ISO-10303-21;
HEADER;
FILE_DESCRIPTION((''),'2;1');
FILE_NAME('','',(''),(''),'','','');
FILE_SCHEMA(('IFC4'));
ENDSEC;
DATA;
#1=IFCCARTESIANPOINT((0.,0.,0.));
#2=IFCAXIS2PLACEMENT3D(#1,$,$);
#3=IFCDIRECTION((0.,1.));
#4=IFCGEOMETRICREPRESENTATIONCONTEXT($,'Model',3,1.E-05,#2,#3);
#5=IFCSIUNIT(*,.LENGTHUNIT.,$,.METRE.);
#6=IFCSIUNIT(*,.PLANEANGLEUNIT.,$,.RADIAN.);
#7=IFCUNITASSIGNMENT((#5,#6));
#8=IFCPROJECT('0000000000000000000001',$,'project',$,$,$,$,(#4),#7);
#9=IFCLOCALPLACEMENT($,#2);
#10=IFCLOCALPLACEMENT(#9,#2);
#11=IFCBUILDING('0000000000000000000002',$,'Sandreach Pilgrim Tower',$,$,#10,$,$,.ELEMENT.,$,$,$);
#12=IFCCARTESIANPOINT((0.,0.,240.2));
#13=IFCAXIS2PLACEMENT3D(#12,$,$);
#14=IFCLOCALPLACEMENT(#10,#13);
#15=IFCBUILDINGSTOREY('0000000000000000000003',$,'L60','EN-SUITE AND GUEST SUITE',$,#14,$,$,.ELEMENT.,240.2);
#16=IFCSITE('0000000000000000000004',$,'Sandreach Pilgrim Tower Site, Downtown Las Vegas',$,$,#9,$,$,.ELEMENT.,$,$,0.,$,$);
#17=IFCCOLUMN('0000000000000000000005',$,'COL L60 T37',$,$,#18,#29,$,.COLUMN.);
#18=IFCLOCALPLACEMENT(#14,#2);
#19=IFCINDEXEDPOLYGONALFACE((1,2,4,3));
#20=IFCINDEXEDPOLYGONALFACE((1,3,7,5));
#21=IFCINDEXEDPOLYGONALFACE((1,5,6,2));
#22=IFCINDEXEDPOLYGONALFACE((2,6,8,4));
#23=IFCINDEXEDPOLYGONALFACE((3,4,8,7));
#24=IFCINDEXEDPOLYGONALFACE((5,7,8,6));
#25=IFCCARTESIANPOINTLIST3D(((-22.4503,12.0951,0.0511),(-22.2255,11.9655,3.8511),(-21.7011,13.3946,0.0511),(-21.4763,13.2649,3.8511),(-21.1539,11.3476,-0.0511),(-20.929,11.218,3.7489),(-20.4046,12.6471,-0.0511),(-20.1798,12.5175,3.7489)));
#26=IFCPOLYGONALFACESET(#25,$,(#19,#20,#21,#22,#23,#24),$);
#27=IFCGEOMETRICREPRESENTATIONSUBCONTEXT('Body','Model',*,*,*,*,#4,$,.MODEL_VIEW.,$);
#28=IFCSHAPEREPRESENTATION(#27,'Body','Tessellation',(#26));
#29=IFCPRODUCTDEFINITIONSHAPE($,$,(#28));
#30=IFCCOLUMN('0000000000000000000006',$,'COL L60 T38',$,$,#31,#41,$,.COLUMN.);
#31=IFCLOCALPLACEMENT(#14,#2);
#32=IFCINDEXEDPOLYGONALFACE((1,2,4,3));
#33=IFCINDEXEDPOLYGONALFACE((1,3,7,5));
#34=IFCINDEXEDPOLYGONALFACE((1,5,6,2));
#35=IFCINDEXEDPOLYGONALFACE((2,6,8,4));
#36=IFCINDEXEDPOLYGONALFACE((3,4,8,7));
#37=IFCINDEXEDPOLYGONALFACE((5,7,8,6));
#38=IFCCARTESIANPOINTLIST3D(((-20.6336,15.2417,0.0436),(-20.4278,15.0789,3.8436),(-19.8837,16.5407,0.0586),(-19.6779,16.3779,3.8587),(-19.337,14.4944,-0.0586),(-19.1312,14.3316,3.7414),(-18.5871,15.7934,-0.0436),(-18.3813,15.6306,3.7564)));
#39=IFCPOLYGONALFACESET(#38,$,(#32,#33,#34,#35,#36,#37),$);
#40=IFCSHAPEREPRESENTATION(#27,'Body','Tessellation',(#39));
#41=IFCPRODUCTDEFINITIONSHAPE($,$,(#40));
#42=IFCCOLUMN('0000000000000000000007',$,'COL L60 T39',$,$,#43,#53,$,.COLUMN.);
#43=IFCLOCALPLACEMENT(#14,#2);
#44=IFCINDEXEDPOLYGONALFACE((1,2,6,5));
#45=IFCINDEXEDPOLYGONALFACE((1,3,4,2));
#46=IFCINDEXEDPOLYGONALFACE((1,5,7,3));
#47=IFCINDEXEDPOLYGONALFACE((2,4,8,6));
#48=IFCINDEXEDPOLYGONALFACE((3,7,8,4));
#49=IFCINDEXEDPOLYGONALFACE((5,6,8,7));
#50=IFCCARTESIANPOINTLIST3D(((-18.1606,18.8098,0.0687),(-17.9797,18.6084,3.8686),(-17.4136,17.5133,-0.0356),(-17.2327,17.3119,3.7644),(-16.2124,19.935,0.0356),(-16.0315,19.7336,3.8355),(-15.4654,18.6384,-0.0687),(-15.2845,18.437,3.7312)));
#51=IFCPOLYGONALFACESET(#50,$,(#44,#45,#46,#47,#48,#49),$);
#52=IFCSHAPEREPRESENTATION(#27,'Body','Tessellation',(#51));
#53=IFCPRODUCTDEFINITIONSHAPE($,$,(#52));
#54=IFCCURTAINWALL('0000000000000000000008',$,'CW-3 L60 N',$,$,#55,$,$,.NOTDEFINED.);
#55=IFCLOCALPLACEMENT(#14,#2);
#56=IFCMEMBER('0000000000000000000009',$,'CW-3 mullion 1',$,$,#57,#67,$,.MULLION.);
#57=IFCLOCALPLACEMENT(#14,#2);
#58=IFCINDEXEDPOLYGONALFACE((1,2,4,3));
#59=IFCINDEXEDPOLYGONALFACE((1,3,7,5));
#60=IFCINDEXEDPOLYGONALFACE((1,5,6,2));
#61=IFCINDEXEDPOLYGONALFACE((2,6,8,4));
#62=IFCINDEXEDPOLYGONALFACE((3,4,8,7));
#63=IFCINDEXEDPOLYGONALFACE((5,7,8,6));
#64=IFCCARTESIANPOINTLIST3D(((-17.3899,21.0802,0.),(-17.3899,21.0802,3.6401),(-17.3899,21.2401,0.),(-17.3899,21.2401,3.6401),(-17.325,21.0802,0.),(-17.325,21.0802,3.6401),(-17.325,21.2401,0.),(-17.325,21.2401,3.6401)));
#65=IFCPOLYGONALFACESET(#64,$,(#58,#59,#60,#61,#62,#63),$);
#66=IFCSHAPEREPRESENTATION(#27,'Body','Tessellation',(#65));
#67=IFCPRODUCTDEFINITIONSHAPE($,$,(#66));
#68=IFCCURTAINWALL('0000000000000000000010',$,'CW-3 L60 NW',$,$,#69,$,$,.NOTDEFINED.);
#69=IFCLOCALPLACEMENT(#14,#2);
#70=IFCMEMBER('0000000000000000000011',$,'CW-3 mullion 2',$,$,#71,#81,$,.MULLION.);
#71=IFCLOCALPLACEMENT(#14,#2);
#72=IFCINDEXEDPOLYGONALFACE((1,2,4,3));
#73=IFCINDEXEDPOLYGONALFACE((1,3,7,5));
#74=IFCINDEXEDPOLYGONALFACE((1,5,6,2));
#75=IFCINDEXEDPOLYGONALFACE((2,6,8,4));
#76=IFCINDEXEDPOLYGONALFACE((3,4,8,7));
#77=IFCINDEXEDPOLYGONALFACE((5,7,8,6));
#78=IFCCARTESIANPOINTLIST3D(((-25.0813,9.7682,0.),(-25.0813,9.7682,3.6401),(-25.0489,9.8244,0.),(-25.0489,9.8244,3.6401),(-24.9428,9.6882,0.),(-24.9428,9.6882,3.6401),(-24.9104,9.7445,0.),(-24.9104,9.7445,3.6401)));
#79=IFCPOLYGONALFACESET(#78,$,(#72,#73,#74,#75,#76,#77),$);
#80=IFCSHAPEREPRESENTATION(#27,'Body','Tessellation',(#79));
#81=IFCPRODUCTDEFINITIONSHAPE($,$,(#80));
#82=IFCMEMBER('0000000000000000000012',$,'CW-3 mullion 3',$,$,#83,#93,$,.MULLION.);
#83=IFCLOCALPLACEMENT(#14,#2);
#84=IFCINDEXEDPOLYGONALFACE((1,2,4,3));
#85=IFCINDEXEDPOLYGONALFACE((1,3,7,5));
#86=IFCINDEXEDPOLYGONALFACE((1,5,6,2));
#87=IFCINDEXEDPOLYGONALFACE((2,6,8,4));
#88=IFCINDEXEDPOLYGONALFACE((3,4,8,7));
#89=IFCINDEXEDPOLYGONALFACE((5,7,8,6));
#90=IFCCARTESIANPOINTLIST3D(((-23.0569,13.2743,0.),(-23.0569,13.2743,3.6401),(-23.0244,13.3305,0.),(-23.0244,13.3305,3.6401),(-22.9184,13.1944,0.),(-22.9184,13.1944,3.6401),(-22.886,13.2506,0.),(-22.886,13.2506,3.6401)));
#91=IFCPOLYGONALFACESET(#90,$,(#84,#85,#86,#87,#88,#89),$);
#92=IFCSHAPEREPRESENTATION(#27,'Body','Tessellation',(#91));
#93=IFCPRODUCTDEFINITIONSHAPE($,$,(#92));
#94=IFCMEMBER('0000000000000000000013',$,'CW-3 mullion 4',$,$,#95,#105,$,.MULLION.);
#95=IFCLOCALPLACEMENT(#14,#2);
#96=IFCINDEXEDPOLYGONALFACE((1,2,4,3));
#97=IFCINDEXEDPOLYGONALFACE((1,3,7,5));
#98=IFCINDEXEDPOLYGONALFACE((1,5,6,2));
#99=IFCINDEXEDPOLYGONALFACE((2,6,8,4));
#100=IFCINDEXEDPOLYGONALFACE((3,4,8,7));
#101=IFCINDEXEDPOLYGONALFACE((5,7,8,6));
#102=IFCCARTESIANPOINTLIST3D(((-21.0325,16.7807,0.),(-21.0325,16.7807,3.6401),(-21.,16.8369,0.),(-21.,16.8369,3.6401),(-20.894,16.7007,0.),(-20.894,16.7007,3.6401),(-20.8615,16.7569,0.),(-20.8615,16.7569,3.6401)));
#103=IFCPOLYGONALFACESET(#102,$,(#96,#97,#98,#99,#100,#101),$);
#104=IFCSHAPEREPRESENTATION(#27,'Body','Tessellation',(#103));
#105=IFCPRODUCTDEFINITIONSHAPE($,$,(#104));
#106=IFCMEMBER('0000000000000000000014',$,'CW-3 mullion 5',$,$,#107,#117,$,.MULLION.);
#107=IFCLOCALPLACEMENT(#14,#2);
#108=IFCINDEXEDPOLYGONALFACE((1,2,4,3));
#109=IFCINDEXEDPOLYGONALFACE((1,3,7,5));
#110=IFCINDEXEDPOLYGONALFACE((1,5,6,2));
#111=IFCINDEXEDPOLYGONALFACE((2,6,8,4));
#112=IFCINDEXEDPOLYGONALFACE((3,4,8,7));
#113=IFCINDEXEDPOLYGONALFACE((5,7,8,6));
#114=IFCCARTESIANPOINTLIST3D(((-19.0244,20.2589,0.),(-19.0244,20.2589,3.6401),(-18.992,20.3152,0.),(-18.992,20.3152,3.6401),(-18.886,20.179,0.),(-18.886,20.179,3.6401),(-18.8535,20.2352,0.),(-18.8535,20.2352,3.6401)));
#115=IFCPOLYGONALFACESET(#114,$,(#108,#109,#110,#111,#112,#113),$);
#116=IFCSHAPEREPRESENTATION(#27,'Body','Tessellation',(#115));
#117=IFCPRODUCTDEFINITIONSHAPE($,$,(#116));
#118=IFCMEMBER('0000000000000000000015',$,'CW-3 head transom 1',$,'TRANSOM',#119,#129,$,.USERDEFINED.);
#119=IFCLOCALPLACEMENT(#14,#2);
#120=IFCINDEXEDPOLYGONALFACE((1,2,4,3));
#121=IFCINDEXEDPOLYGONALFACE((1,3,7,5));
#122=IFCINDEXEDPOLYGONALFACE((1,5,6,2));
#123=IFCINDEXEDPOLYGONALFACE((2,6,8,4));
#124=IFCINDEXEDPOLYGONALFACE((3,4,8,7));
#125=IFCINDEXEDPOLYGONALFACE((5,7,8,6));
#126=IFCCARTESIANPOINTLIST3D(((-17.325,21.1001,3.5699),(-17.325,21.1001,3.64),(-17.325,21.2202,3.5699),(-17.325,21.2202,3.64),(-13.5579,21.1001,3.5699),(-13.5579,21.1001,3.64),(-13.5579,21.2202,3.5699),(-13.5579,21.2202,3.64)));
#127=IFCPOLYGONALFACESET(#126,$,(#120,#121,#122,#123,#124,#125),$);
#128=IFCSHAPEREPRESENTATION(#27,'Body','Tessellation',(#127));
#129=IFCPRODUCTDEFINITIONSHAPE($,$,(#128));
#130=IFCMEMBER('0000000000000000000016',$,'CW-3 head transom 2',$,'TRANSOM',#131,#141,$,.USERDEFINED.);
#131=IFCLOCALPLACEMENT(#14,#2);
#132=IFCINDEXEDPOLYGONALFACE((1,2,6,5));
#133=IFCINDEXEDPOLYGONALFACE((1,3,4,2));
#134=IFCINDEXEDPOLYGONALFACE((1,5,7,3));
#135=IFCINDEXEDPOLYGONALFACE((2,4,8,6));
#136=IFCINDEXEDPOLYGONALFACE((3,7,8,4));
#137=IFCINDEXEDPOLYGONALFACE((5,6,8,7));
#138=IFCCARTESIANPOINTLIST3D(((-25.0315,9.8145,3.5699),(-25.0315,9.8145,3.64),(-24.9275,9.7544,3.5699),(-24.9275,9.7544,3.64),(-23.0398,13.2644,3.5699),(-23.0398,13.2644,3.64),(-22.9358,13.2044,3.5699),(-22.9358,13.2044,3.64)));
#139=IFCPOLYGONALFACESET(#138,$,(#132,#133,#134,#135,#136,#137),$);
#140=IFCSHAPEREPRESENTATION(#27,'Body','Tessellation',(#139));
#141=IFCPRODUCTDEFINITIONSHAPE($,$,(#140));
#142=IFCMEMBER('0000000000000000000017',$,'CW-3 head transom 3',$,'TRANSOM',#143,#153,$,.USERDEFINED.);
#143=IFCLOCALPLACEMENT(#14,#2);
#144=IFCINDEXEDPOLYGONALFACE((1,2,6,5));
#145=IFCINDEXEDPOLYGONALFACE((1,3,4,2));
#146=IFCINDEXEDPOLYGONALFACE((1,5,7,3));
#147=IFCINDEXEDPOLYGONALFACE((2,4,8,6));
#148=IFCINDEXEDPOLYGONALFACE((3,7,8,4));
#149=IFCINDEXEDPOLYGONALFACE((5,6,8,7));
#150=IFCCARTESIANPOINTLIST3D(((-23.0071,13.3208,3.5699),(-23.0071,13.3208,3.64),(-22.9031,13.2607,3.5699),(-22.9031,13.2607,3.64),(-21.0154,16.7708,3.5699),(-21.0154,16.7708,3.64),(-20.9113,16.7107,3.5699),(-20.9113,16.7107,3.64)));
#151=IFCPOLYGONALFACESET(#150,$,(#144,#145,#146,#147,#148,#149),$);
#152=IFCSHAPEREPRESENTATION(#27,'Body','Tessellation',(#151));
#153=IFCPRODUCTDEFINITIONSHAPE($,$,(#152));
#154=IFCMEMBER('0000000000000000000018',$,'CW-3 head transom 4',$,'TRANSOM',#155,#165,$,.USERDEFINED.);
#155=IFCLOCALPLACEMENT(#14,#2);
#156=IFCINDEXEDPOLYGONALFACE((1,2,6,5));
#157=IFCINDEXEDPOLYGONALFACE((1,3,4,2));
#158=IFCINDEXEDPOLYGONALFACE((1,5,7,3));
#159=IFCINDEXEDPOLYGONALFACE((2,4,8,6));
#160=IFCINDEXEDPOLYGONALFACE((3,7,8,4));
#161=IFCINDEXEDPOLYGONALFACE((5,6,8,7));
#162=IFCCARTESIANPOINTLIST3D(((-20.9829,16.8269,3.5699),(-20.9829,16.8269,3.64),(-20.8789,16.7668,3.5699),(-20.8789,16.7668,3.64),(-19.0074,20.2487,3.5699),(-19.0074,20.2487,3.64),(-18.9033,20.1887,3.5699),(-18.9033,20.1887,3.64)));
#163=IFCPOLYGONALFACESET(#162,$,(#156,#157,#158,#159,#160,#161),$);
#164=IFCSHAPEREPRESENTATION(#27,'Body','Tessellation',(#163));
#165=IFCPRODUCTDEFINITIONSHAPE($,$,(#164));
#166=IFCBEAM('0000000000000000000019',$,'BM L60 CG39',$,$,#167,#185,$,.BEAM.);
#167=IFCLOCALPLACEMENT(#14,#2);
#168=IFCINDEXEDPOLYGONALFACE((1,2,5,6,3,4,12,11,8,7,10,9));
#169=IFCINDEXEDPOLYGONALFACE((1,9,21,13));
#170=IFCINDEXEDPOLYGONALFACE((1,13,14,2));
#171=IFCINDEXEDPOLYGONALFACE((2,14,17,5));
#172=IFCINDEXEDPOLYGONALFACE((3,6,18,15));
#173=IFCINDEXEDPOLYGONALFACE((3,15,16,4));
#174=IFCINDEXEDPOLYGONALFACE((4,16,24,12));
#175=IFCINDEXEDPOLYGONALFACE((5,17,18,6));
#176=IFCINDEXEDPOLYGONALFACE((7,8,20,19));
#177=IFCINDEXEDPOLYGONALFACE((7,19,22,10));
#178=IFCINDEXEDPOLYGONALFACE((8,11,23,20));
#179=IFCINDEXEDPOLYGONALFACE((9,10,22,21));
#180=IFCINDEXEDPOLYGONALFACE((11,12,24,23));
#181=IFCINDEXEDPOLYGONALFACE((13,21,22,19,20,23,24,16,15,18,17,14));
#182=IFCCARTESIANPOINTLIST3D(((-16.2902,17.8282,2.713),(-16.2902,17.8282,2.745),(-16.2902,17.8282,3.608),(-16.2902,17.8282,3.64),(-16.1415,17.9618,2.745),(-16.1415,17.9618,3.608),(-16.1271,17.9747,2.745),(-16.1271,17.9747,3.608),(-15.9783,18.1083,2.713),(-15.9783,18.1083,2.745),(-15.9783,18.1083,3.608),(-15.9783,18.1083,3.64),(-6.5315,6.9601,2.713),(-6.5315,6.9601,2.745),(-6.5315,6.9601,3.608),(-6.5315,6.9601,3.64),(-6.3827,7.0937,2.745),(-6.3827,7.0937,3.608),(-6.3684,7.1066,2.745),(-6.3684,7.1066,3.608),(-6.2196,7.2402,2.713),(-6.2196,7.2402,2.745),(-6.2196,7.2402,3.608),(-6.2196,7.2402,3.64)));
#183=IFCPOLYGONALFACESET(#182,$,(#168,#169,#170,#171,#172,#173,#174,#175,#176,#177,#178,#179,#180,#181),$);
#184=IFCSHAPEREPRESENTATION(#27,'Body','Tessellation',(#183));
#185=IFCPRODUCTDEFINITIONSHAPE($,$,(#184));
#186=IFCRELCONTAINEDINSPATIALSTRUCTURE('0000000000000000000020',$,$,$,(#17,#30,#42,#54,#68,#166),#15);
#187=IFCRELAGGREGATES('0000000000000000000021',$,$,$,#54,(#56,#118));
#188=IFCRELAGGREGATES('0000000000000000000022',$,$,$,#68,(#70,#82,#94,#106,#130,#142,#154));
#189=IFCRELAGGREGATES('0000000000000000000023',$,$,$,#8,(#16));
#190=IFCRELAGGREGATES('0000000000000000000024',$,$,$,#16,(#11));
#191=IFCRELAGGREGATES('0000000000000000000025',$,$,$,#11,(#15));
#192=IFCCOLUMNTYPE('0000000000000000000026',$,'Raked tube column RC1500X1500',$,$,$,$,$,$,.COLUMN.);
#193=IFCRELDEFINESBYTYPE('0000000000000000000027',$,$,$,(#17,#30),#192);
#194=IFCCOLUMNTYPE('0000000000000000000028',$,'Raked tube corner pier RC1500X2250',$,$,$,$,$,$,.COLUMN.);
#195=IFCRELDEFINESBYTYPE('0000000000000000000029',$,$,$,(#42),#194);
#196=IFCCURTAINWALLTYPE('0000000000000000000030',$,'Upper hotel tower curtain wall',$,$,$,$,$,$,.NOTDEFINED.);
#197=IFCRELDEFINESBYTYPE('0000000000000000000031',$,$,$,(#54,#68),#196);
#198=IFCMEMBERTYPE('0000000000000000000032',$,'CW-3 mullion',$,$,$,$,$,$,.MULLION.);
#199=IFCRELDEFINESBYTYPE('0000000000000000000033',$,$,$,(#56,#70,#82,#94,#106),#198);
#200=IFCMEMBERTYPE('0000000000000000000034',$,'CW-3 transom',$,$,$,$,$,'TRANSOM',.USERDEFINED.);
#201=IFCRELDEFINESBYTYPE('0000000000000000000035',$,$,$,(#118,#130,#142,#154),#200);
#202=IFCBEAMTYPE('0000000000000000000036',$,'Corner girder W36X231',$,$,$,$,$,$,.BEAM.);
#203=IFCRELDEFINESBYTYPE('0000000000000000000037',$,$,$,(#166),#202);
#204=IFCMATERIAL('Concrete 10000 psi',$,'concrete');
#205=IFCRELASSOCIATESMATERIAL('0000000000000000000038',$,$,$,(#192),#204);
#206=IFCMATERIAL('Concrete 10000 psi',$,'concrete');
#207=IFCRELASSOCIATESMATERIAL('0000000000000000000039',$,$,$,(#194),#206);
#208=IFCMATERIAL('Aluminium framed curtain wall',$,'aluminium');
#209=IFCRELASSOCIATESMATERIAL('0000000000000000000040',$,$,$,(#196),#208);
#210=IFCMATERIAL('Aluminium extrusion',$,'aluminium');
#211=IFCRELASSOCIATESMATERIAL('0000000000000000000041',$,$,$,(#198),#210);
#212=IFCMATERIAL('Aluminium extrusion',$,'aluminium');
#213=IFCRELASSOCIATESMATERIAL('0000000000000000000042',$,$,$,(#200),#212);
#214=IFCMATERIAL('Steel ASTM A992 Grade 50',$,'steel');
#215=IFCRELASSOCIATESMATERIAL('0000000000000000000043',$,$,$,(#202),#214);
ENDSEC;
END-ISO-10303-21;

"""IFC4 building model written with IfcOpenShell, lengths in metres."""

from ifc_helpers import new_model, si_unit, direction, frame, origin, origin_2d, place, context, subcontext, project, spatial, rectangle, i_section, extrude, material, material_profile, profile_set, type_object, element, aggregate, save


model = new_model("IFC4")

# Units and contexts
model_context = context("Model", 3, precision=1e-05, world=origin(), true_north=direction((0.0, 1.0)))
body_context = subcontext(model_context, "Body", "Model", "MODEL_VIEW")
ifc_project = project(units=[si_unit("LENGTHUNIT", "METRE"), si_unit("PLANEANGLEUNIT", "RADIAN")], contexts=[model_context])

# Site, building, storey
site_placement = place(None, origin())
site = spatial("IfcSite", under=ifc_project, at=site_placement, Name="Sandreach Pilgrim Tower Site, Downtown Las Vegas", CompositionType="ELEMENT", RefElevation=0.0)
building_placement = place(site_placement, origin())
building = spatial("IfcBuilding", under=site, at=building_placement, Name="Sandreach Pilgrim Tower", CompositionType="ELEMENT")
storey_placement = place(building_placement, frame((0.0, 0.0, 240.2)))
storey = spatial("IfcBuildingStorey", under=building, at=storey_placement, Name="L60", Description="EN-SUITE AND GUEST SUITE", CompositionType="ELEMENT", Elevation=240.2)

# Columns
ifc_material_1 = material(Name="Concrete 10000 psi", Category="concrete")
ifc_material_profile_1 = material_profile(ifc_material_1, rectangle(XDim=1.5, YDim=1.5, at=origin_2d()), Name="RC1500X1500")
ifc_profile_set_1 = profile_set([ifc_material_profile_1], Name="Concrete 10000 psi")
column_type_1 = type_object("IfcColumnType", Name="Raked tube column RC1500X1500", PredefinedType="COLUMN", material=ifc_profile_set_1)
column_1_placement = place(storey_placement, frame((-21.4275, 12.3711, 0.0), z_axis=(0.059034, -0.034036, 0.997676), x_axis=(-0.864313, 0.498317, 0.068143)))
element("IfcColumn", 1, at=column_1_placement, inside=storey, type_object=column_type_1, Name="COL L60 T37", PredefinedType="COLUMN", context=body_context, shape_type="SweptSolid", body=[
    extrude(rectangle(XDim=1.5, YDim=1.5, at=origin_2d()), origin(), (0.0, 0.0, 1.0), 3.8088),
])
column_2_placement = place(storey_placement, frame((-19.6104, 15.5176, 0.0), z_axis=(0.054031, -0.042751, 0.997624), x_axis=(-0.864378, 0.498202, 0.068164)))
element("IfcColumn", 2, at=column_2_placement, inside=storey, type_object=column_type_1, Name="COL L60 T38", PredefinedType="COLUMN", context=body_context, shape_type="SweptSolid", body=[
    extrude(rectangle(XDim=1.5, YDim=1.5, at=origin_2d()), origin(), (0.0, 0.0, 1.0), 3.8091),
])
ifc_material_2 = material(Name="Concrete 10000 psi", Category="concrete")
ifc_material_profile_2 = material_profile(ifc_material_2, rectangle(XDim=1.5, YDim=2.25, at=origin_2d()), Name="RC1500X2250")
ifc_profile_set_2 = profile_set([ifc_material_profile_2], Name="Concrete 10000 psi")
column_type_2 = type_object("IfcColumnType", Name="Raked tube corner pier RC1500X2250", PredefinedType="COLUMN", material=ifc_profile_set_2)
column_3_placement = place(storey_placement, frame((-16.813, 18.7241, 0.0), z_axis=(0.047486, -0.05287, 0.997472), x_axis=(-0.49802, 0.864374, 0.069524)))
element("IfcColumn", 3, at=column_3_placement, inside=storey, type_object=column_type_2, Name="COL L60 T39", PredefinedType="COLUMN", context=body_context, shape_type="SweptSolid", body=[
    extrude(rectangle(XDim=1.5, YDim=2.25, at=origin_2d()), origin(), (0.0, 0.0, 1.0), 3.8096),
])

# Curtain wall, member
ifc_material_3 = material(Name="Aluminium framed curtain wall", Category="aluminium")
curtain_wall_type = type_object("IfcCurtainWallType", Name="Upper hotel tower curtain wall", PredefinedType="NOTDEFINED", material=ifc_material_3)
curtain_wall_1_placement = place(storey_placement, origin())
curtain_wall_1 = element("IfcCurtainWall", 4, at=curtain_wall_1_placement, inside=storey, type_object=curtain_wall_type, Name="CW-3 L60 N", PredefinedType="NOTDEFINED")
ifc_material_4 = material(Name="Aluminium extrusion", Category="aluminium")
ifc_material_profile_3 = material_profile(ifc_material_4, rectangle(XDim=0.0649, YDim=0.1599, at=origin_2d()), Name="CW-3M 65X160")
ifc_profile_set_3 = profile_set([ifc_material_profile_3], Name="Aluminium extrusion")
member_type_1 = type_object("IfcMemberType", Name="CW-3 mullion", PredefinedType="MULLION", material=ifc_profile_set_3)
member_1_placement = place(storey_placement, frame((-17.3574, 21.1602, 0.0), z_axis=(0.0, 0.0, 1.0), x_axis=(1.0, 0.0, 0.0)))
member_1 = element("IfcMember", 5, at=member_1_placement, type_object=member_type_1, Name="CW-3 mullion 1", PredefinedType="MULLION", context=body_context, shape_type="SweptSolid", body=[
    extrude(rectangle(XDim=0.0649, YDim=0.1599, at=origin_2d()), origin(), (0.0, 0.0, 1.0), 3.6401),
])

# Curtain wall, members
curtain_wall_2_placement = place(storey_placement, origin())
curtain_wall_2 = element("IfcCurtainWall", 6, at=curtain_wall_2_placement, inside=storey, type_object=curtain_wall_type, Name="CW-3 L60 NW", PredefinedType="NOTDEFINED")
member_2_placement = place(storey_placement, frame((-24.9958, 9.7563, 0.0), z_axis=(0.0, 0.0, 1.0), x_axis=(0.5, 0.866025, 0.0)))
member_2 = element("IfcMember", 7, at=member_2_placement, type_object=member_type_1, Name="CW-3 mullion 2", PredefinedType="MULLION", context=body_context, shape_type="SweptSolid", body=[
    extrude(rectangle(XDim=0.0649, YDim=0.1599, at=origin_2d()), origin(), (0.0, 0.0, 1.0), 3.6401),
])
member_3_placement = place(storey_placement, frame((-22.9714, 13.2625, 0.0), z_axis=(0.0, 0.0, 1.0), x_axis=(0.5, 0.866025, 0.0)))
member_3 = element("IfcMember", 8, at=member_3_placement, type_object=member_type_1, Name="CW-3 mullion 3", PredefinedType="MULLION", context=body_context, shape_type="SweptSolid", body=[
    extrude(rectangle(XDim=0.0649, YDim=0.1599, at=origin_2d()), origin(), (0.0, 0.0, 1.0), 3.6401),
])
member_4_placement = place(storey_placement, frame((-20.947, 16.7688, 0.0), z_axis=(0.0, 0.0, 1.0), x_axis=(0.5, 0.866025, 0.0)))
member_4 = element("IfcMember", 9, at=member_4_placement, type_object=member_type_1, Name="CW-3 mullion 4", PredefinedType="MULLION", context=body_context, shape_type="SweptSolid", body=[
    extrude(rectangle(XDim=0.0649, YDim=0.1599, at=origin_2d()), origin(), (0.0, 0.0, 1.0), 3.6401),
])
member_5_placement = place(storey_placement, frame((-18.939, 20.2471, 0.0), z_axis=(0.0, 0.0, 1.0), x_axis=(0.5, 0.866025, 0.0)))
member_5 = element("IfcMember", 10, at=member_5_placement, type_object=member_type_1, Name="CW-3 mullion 5", PredefinedType="MULLION", context=body_context, shape_type="SweptSolid", body=[
    extrude(rectangle(XDim=0.0649, YDim=0.1599, at=origin_2d()), origin(), (0.0, 0.0, 1.0), 3.6401),
])

# Members
ifc_material_5 = material(Name="Aluminium extrusion", Category="aluminium")
ifc_material_profile_4 = material_profile(ifc_material_5, rectangle(XDim=0.1201, YDim=0.0701, at=origin_2d()), Name="CW-3T 120X70")
ifc_profile_set_4 = profile_set([ifc_material_profile_4], Name="Aluminium extrusion")
member_type_2 = type_object("IfcMemberType", Name="CW-3 transom", ElementType="TRANSOM", PredefinedType="USERDEFINED", material=ifc_profile_set_4)
member_6_placement = place(storey_placement, frame((-17.325, 21.1602, 3.605), z_axis=(1.0, 0.0, 0.0), x_axis=(0.0, 1.0, 0.0)))
member_6 = element("IfcMember", 11, at=member_6_placement, type_object=member_type_2, Name="CW-3 head transom 1", ObjectType="TRANSOM", PredefinedType="USERDEFINED", context=body_context, shape_type="SweptSolid", body=[
    extrude(rectangle(XDim=0.1201, YDim=0.0701, at=origin_2d()), origin(), (0.0, 0.0, 1.0), 3.7671),
])
member_7_placement = place(storey_placement, frame((-24.9795, 9.7844, 3.605), z_axis=(0.499975, 0.86604, 0.0), x_axis=(-0.86604, 0.499975, 0.0)))
member_7 = element("IfcMember", 12, at=member_7_placement, type_object=member_type_2, Name="CW-3 head transom 2", ObjectType="TRANSOM", PredefinedType="USERDEFINED", context=body_context, shape_type="SweptSolid", body=[
    extrude(rectangle(XDim=0.1201, YDim=0.0701, at=origin_2d()), origin(), (0.0, 0.0, 1.0), 3.9836),
])
member_8_placement = place(storey_placement, frame((-22.9551, 13.2908, 3.605), z_axis=(0.499975, 0.86604, 0.0), x_axis=(-0.86604, 0.499975, 0.0)))
member_8 = element("IfcMember", 13, at=member_8_placement, type_object=member_type_2, Name="CW-3 head transom 3", ObjectType="TRANSOM", PredefinedType="USERDEFINED", context=body_context, shape_type="SweptSolid", body=[
    extrude(rectangle(XDim=0.1201, YDim=0.0701, at=origin_2d()), origin(), (0.0, 0.0, 1.0), 3.9836),
])
member_9_placement = place(storey_placement, frame((-20.9309, 16.7969, 3.605), z_axis=(0.499993, 0.866029, 0.0), x_axis=(-0.866029, 0.499993, 0.0)))
member_9 = element("IfcMember", 14, at=member_9_placement, type_object=member_type_2, Name="CW-3 head transom 4", ObjectType="TRANSOM", PredefinedType="USERDEFINED", context=body_context, shape_type="SweptSolid", body=[
    extrude(rectangle(XDim=0.1201, YDim=0.0701, at=origin_2d()), origin(), (0.0, 0.0, 1.0), 3.9512),
])

# Beam
ifc_material_6 = material(Name="Steel ASTM A992 Grade 50", Category="steel")
ifc_material_profile_5 = material_profile(ifc_material_6, i_section(OverallWidth=0.4192, OverallDepth=0.927, WebThickness=0.0193, FlangeThickness=0.032, at=origin_2d()), Name="W36X231")
ifc_profile_set_5 = profile_set([ifc_material_profile_5], Name="Steel ASTM A992 Grade 50")
beam_type_1 = type_object("IfcBeamType", Name="Corner girder W36X231", PredefinedType="BEAM", material=ifc_profile_set_5)
beam_1_placement = place(storey_placement, frame((-16.1343, 17.9683, 3.1765), z_axis=(0.668111, -0.744062, 0.0), x_axis=(0.744062, 0.668111, 0.0)))
element("IfcBeam", 15, at=beam_1_placement, inside=storey, type_object=beam_type_1, Name="BM L60 CG39", PredefinedType="BEAM", context=body_context, shape_type="SweptSolid", body=[
    extrude(i_section(OverallWidth=0.4192, OverallDepth=0.927, WebThickness=0.0193, FlangeThickness=0.032, at=origin_2d()), origin(), (0.0, 0.0, 1.0), 14.6064),
])

aggregate(curtain_wall_1, [member_1, member_6])
aggregate(curtain_wall_2, [member_2, member_3, member_4, member_5, member_7, member_8, member_9])

save(model, "model.ifc")
